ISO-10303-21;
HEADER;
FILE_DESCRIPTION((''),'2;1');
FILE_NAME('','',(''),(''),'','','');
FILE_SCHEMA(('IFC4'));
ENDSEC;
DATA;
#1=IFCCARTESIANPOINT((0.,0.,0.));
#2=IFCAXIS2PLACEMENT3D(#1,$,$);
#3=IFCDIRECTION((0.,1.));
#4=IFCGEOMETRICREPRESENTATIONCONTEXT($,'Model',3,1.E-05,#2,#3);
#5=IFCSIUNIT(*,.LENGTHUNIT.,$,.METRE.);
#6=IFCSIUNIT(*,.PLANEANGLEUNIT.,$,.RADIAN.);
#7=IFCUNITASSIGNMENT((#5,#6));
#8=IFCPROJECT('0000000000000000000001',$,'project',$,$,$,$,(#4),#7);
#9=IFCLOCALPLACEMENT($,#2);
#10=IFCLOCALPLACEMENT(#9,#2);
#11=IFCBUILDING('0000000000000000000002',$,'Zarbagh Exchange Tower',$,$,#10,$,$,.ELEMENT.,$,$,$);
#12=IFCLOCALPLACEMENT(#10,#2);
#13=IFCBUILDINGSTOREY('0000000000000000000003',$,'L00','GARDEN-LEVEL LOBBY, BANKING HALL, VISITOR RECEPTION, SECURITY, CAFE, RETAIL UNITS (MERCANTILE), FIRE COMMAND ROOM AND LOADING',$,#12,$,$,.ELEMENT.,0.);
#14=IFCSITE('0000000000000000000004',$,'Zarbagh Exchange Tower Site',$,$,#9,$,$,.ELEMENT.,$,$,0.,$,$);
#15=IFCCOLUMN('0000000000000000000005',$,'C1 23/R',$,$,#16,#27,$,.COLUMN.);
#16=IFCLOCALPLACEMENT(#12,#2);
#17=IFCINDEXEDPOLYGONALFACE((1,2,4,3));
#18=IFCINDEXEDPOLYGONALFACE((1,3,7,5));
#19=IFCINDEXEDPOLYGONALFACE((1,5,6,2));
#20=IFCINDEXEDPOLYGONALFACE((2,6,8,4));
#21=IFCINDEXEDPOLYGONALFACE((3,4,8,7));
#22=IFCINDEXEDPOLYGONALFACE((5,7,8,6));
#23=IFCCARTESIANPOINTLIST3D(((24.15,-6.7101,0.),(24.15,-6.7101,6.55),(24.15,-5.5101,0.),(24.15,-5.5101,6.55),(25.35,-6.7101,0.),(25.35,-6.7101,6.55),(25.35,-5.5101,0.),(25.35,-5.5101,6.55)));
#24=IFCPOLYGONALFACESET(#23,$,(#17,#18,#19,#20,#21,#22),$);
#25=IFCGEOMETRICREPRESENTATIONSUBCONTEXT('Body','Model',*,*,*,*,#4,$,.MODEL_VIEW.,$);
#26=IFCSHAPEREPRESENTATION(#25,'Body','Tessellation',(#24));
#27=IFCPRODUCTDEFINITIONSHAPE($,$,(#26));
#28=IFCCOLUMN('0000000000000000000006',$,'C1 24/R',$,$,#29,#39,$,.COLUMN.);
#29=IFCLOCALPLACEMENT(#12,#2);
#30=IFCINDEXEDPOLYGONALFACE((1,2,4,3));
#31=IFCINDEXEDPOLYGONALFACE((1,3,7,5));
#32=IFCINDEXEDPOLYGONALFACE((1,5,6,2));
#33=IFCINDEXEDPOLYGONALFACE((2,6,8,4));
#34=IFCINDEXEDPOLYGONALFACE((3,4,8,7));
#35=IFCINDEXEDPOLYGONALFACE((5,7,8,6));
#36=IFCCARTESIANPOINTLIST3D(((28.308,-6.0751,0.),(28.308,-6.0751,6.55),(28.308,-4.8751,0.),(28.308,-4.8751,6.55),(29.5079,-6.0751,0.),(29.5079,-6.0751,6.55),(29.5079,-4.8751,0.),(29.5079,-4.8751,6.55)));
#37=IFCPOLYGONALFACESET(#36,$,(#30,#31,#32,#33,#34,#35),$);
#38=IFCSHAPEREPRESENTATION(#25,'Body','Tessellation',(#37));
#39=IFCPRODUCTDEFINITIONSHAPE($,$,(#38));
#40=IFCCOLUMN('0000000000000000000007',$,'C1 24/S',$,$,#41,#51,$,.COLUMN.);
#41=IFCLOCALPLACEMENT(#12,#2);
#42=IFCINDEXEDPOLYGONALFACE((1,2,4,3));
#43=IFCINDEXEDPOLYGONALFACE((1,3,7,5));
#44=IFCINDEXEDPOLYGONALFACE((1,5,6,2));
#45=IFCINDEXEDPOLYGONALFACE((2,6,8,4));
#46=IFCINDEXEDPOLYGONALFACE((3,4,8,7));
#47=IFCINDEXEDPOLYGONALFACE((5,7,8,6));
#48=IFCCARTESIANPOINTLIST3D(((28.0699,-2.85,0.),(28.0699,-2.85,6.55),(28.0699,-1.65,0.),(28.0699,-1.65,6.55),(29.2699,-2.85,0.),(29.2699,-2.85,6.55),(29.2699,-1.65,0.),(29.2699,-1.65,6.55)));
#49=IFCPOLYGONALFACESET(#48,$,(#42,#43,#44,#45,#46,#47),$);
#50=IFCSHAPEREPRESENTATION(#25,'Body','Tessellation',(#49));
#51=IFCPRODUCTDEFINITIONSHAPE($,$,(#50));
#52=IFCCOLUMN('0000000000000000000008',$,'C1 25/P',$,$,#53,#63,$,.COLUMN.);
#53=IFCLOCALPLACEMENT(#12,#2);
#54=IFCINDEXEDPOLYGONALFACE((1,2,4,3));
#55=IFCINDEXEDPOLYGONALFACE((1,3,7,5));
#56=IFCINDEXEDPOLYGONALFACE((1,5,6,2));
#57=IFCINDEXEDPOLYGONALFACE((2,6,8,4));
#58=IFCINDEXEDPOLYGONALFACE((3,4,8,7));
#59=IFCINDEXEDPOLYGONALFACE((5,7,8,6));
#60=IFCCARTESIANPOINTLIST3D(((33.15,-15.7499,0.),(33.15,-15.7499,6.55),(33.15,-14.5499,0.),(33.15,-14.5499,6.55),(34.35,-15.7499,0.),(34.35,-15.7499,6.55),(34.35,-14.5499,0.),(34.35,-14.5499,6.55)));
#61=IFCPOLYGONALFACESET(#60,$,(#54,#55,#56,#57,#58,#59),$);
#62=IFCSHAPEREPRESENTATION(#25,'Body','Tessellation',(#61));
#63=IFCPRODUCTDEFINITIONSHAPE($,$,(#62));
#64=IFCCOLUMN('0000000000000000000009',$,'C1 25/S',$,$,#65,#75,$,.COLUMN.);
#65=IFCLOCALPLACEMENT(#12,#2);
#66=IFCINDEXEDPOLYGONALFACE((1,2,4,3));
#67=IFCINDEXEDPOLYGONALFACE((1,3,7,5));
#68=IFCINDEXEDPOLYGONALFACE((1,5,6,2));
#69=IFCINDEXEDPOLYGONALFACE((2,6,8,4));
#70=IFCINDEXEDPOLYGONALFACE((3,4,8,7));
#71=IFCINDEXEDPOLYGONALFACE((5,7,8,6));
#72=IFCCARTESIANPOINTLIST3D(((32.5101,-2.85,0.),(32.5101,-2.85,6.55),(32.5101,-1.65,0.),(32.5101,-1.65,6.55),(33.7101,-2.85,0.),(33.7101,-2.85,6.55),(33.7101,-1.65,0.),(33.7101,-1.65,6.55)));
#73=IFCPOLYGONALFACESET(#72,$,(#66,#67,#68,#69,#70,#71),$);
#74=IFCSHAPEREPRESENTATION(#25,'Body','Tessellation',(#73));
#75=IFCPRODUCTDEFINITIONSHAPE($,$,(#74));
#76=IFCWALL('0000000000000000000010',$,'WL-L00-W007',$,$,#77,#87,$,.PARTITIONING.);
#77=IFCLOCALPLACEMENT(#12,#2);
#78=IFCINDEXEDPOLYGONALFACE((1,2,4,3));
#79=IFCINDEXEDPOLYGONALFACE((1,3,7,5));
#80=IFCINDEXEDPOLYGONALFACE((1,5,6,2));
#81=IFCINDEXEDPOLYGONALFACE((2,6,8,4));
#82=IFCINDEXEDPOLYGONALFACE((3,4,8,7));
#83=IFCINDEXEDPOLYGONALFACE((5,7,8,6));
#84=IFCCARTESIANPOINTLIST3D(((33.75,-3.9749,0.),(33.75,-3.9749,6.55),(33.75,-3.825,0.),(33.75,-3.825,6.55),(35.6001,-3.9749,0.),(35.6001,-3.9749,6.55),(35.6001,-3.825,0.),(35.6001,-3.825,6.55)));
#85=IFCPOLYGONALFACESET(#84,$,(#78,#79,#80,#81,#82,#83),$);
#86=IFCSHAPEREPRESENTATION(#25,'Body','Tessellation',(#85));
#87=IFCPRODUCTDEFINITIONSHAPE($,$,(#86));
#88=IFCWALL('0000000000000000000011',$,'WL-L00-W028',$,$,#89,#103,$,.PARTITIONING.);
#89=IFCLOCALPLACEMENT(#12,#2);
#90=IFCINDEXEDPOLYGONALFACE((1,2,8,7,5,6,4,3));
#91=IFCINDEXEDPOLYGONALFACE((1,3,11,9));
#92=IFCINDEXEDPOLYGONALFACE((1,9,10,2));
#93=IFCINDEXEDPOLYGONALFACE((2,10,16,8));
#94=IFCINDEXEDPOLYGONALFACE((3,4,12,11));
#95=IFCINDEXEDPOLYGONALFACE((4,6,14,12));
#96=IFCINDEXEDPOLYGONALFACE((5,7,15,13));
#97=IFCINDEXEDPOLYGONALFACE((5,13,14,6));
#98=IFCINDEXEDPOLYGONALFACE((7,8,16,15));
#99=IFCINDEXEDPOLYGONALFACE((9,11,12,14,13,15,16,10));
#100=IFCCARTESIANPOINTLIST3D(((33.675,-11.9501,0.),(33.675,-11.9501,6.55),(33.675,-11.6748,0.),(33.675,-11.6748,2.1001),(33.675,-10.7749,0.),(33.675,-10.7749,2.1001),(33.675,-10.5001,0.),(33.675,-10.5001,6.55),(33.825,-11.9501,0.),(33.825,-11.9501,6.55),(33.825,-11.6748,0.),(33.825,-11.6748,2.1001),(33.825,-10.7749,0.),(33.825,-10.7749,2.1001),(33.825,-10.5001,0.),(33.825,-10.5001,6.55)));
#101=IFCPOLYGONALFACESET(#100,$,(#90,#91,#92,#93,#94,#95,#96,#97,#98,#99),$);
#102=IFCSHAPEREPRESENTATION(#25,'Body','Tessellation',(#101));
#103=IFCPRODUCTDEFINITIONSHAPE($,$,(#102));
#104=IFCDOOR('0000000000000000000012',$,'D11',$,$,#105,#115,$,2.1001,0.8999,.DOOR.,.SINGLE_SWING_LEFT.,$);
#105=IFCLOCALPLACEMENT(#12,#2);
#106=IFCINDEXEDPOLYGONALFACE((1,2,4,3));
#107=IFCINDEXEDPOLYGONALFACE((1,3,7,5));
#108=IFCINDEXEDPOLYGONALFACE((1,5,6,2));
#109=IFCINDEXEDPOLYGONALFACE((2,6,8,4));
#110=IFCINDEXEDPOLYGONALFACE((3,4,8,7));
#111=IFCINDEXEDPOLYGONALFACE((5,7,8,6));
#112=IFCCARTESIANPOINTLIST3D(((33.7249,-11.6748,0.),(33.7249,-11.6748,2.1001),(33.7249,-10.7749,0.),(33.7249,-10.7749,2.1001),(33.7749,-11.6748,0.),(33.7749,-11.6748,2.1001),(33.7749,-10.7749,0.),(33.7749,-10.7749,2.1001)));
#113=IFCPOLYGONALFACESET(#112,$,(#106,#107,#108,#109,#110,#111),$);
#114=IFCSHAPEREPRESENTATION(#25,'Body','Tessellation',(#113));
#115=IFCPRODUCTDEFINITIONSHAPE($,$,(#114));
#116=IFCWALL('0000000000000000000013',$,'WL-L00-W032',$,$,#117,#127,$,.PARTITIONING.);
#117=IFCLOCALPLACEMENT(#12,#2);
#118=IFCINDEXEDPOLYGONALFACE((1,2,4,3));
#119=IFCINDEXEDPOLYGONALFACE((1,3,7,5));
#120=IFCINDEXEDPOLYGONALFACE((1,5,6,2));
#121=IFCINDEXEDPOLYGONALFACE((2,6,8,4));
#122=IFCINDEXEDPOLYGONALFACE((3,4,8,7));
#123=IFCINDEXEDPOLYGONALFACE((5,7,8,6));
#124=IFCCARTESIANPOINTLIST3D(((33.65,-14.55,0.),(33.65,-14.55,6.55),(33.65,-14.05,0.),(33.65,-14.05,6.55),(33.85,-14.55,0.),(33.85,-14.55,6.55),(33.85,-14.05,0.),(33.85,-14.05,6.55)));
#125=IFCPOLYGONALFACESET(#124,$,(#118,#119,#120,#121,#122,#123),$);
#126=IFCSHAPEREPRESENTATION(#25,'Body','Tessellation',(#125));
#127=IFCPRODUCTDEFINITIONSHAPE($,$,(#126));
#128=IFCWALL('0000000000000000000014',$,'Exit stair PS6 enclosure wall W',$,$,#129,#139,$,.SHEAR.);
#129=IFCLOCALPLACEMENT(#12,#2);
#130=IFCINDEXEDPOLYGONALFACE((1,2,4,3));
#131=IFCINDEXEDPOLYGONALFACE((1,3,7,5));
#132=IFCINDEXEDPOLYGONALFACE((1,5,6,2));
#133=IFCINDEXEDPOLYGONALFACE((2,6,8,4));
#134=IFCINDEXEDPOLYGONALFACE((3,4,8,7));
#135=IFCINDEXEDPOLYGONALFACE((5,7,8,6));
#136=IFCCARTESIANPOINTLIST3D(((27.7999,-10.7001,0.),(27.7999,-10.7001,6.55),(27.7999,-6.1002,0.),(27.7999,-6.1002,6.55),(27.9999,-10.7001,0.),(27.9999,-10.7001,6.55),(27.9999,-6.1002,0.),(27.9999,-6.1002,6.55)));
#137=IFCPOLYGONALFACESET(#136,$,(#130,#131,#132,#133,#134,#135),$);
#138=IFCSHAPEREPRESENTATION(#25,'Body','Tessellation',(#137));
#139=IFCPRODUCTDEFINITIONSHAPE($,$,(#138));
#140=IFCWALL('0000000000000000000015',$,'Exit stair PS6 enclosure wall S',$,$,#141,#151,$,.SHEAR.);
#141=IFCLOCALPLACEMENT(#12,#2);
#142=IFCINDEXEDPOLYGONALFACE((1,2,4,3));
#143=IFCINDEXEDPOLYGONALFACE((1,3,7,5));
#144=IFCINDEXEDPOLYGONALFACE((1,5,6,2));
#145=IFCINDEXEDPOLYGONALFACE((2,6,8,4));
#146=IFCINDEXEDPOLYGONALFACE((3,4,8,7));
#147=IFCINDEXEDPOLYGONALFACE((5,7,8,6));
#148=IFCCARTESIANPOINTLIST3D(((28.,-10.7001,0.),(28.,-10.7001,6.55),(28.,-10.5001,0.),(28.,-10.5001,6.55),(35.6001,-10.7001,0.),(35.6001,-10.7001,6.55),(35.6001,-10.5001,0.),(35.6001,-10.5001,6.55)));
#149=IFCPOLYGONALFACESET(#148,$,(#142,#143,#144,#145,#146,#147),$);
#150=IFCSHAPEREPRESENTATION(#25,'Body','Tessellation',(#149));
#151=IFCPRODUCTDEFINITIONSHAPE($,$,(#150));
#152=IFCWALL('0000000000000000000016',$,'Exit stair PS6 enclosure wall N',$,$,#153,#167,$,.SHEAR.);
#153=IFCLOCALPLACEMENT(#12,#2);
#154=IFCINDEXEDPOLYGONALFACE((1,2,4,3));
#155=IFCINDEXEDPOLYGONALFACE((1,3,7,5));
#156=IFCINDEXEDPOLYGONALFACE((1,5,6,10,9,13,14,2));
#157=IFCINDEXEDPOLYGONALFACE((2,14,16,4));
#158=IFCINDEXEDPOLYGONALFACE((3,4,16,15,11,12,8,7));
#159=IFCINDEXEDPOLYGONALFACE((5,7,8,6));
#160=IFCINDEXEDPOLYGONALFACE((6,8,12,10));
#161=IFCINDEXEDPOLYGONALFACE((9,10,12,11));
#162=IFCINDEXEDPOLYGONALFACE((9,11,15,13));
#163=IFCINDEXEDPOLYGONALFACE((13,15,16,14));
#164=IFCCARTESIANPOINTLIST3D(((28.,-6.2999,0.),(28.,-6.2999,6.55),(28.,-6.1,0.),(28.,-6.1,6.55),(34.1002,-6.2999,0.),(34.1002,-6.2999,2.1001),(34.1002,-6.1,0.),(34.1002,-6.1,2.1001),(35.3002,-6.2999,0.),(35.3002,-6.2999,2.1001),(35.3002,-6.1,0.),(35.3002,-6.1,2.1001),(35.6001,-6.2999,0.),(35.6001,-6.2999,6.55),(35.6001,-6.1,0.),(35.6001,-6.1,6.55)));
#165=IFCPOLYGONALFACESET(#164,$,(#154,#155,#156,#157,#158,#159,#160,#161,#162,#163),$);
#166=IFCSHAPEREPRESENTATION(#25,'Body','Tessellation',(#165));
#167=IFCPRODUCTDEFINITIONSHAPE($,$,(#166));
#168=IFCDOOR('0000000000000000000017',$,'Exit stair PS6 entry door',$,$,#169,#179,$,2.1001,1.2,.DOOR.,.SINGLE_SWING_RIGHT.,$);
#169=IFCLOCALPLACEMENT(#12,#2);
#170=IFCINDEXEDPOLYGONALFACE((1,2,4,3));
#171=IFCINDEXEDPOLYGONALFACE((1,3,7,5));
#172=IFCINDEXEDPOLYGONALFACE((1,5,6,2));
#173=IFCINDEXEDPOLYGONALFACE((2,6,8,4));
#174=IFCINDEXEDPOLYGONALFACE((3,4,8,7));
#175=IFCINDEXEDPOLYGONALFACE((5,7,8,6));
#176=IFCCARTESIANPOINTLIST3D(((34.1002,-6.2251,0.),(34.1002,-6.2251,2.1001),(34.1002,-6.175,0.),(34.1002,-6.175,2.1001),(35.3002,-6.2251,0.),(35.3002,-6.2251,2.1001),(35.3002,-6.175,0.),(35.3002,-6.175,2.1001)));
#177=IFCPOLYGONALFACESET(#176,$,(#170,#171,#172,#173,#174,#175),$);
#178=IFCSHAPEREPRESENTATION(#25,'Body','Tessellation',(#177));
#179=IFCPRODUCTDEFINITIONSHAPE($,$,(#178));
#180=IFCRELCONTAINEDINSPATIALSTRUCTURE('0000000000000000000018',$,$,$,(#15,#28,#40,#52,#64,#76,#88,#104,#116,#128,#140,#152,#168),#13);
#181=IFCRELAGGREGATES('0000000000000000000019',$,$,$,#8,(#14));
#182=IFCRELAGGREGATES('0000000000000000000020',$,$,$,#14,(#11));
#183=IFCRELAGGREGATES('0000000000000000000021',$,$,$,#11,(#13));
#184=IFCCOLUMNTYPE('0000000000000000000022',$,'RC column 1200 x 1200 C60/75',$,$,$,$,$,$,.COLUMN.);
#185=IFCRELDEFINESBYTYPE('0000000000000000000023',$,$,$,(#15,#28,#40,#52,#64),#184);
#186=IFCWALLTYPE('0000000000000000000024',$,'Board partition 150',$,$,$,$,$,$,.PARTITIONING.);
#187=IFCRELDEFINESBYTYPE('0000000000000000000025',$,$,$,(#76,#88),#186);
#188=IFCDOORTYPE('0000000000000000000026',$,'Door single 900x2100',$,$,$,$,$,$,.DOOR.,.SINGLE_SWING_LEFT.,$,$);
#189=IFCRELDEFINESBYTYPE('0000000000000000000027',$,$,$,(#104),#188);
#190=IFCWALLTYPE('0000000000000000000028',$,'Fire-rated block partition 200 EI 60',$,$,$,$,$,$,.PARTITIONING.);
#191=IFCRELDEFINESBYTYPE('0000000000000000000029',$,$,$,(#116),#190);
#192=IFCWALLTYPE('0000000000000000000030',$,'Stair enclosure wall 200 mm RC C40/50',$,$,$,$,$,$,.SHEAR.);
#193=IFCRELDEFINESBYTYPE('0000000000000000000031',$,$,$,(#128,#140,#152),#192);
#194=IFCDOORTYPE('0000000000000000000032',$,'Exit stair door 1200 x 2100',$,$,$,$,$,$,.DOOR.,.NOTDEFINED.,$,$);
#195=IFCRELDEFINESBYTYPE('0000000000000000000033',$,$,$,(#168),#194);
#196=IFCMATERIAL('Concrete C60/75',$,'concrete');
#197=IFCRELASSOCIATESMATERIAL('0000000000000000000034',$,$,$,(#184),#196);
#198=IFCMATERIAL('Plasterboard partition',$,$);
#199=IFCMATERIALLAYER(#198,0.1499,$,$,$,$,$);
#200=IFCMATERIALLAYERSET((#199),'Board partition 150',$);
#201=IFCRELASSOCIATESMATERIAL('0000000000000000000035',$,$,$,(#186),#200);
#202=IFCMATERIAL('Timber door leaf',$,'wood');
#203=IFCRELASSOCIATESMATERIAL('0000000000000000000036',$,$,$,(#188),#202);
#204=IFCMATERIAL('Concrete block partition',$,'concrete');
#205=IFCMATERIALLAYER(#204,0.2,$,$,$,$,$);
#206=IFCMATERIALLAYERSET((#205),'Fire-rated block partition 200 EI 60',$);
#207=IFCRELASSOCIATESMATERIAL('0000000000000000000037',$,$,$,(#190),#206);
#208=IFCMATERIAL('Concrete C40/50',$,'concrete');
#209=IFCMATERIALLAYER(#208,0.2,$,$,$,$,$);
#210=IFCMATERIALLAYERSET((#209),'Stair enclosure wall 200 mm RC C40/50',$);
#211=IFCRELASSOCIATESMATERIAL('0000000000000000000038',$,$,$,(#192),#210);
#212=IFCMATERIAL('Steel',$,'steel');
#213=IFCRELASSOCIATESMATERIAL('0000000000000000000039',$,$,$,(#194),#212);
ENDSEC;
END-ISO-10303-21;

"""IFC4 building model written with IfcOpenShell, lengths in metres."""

from ifc_helpers import new_model, si_unit, direction, frame, frame_2d, origin, origin_2d, place, context, subcontext, project, spatial, rectangle, extrude, material, layer, layer_set, material_profile, profile_set, type_object, element, fill, save


model = new_model("IFC4")

# Units and contexts
model_context = context("Model", 3, precision=1e-05, world=origin(), true_north=direction((0.0, 1.0)))
body_context = subcontext(model_context, "Body", "Model", "MODEL_VIEW")
ifc_project = project(units=[si_unit("LENGTHUNIT", "METRE"), si_unit("PLANEANGLEUNIT", "RADIAN")], contexts=[model_context])

# Site, building, storey
site_placement = place(None, origin())
site = spatial("IfcSite", under=ifc_project, at=site_placement, Name="Zarbagh Exchange Tower Site", CompositionType="ELEMENT", RefElevation=0.0)
building_placement = place(site_placement, origin())
building = spatial("IfcBuilding", under=site, at=building_placement, Name="Zarbagh Exchange Tower", CompositionType="ELEMENT")
storey_placement = place(building_placement, origin())
storey = spatial("IfcBuildingStorey", under=building, at=storey_placement, Name="L00", Description="GARDEN-LEVEL LOBBY, BANKING HALL, VISITOR RECEPTION, SECURITY, CAFE, RETAIL UNITS (MERCANTILE), FIRE COMMAND ROOM AND LOADING", CompositionType="ELEMENT", Elevation=0.0)

# Columns
ifc_material_1 = material(Name="Concrete C60/75", Category="concrete")
ifc_material_profile = material_profile(ifc_material_1, rectangle(XDim=1.2, YDim=1.2, at=origin_2d()), Name="RC column 1200 x 1200 C60/75")
ifc_profile_set = profile_set([ifc_material_profile], Name="Concrete C60/75")
column_type = type_object("IfcColumnType", Name="RC column 1200 x 1200 C60/75", PredefinedType="COLUMN", material=ifc_profile_set)
for number, where, z_axis, x_axis, name in (
    (1, (24.75, -6.1101, 0.0), (0.0, 0.0, 1.0), (1.0, 0.0, 0.0), "C1 23/R"),
    (2, (28.908, -5.4751, 0.0), (0.0, 0.0, 1.0), (1.0, 0.0, 0.0), "C1 24/R"),
    (3, (28.6699, -2.25, 0.0), (0.0, 0.0, 1.0), (1.0, 0.0, 0.0), "C1 24/S"),
    (4, (33.75, -15.1499, 0.0), (0.0, 0.0, 1.0), (1.0, 0.0, 0.0), "C1 25/P"),
    (5, (33.1101, -2.25, 0.0), (0.0, 0.0, 1.0), (1.0, 0.0, 0.0), "C1 25/S"),
):
    element("IfcColumn", number, at=place(storey_placement, frame(where, z_axis=z_axis, x_axis=x_axis)), inside=storey, type_object=column_type, Name=name, PredefinedType="COLUMN", context=body_context, shape_type="SweptSolid", body=[
        extrude(rectangle(XDim=1.2, YDim=1.2, at=origin_2d()), origin(), (0.0, 0.0, 1.0), 6.55),
    ])

# Wall
ifc_material_2 = material(Name="Plasterboard partition")
ifc_layer_1 = layer(ifc_material_2, 0.1499)
ifc_layer_set_1 = layer_set([ifc_layer_1], Name="Board partition 150")
wall_type_1 = type_object("IfcWallType", Name="Board partition 150", PredefinedType="PARTITIONING", material=ifc_layer_set_1)
wall_1_placement = place(storey_placement, frame((33.75, -3.8999, 0.0), z_axis=(0.0, 0.0, 1.0), x_axis=(1.0, 0.0, 0.0)))
element("IfcWall", 6, at=wall_1_placement, inside=storey, type_object=wall_type_1, Name="WL-L00-W007", PredefinedType="PARTITIONING", context=body_context, shape_type="SweptSolid", body=[
    extrude(rectangle(XDim=1.8501, YDim=0.1499, at=frame_2d((0.925, 0.0))), origin(), (0.0, 0.0, 1.0), 6.55),
])

# Wall, opening, door
wall_2_placement = place(storey_placement, frame((33.75, -10.5, 0.0), z_axis=(0.0, 0.0, 1.0), x_axis=(0.0, -1.0, 0.0)))
wall_2 = element("IfcWall", 7, at=wall_2_placement, inside=storey, type_object=wall_type_1, Name="WL-L00-W028", PredefinedType="PARTITIONING", context=body_context, shape_type="SweptSolid", body=[
    extrude(rectangle(XDim=1.45, YDim=0.1499, at=frame_2d((0.7251, 0.0))), origin(), (0.0, 0.0, 1.0), 6.55),
])
opening_1_placement = place(wall_2_placement, frame((0.2749, 0.0, 0.0)))
opening_1 = element("IfcOpeningElement", 8, at=opening_1_placement, cuts=wall_2, PredefinedType="OPENING", context=body_context, shape_type="SweptSolid", body=[
    extrude(rectangle(XDim=0.8999, YDim=2.1001, at=frame_2d((0.45, 1.05))), frame((0.0, 0.085, 0.0), z_axis=(0.0, -1.0, 0.0), x_axis=(1.0, 0.0, 0.0)), (0.0, 0.0, 1.0), 0.1699),
])
ifc_material_3 = material(Name="Timber door leaf", Category="wood")
door_type_1 = type_object("IfcDoorType", Name="Door single 900x2100", OperationType="SINGLE_SWING_LEFT", PredefinedType="DOOR", material=ifc_material_3)
door_1_placement = place(opening_1_placement, origin())
door_1 = element("IfcDoor", 9, at=door_1_placement, inside=storey, type_object=door_type_1, Name="D11", OperationType="SINGLE_SWING_LEFT", OverallHeight=2.1001, OverallWidth=0.8999, PredefinedType="DOOR", context=body_context, shape_type="SweptSolid", body=[
    extrude(rectangle(XDim=0.8999, YDim=2.1001, at=frame_2d((0.45, 1.05))), frame((0.0, 0.0249, 0.0), z_axis=(0.0, -1.0, 0.0), x_axis=(1.0, 0.0, 0.0)), (0.0, 0.0, 1.0), 0.05),
])
fill(opening_1, door_1)

# Walls
ifc_material_4 = material(Name="Concrete block partition", Category="concrete")
ifc_layer_2 = layer(ifc_material_4, 0.2)
ifc_layer_set_2 = layer_set([ifc_layer_2], Name="Fire-rated block partition 200 EI 60")
wall_type_2 = type_object("IfcWallType", Name="Fire-rated block partition 200 EI 60", PredefinedType="PARTITIONING", material=ifc_layer_set_2)
wall_3_placement = place(storey_placement, frame((33.75, -14.55, 0.0), z_axis=(0.0, 0.0, 1.0), x_axis=(0.0, 1.0, 0.0)))
element("IfcWall", 10, at=wall_3_placement, inside=storey, type_object=wall_type_2, Name="WL-L00-W032", PredefinedType="PARTITIONING", context=body_context, shape_type="SweptSolid", body=[
    extrude(rectangle(XDim=0.5, YDim=0.2, at=frame_2d((0.25, 0.0))), origin(), (0.0, 0.0, 1.0), 6.55),
])
ifc_material_5 = material(Name="Concrete C40/50", Category="concrete")
ifc_layer_3 = layer(ifc_material_5, 0.2)
ifc_layer_set_3 = layer_set([ifc_layer_3], Name="Stair enclosure wall 200 mm RC C40/50")
wall_type_3 = type_object("IfcWallType", Name="Stair enclosure wall 200 mm RC C40/50", PredefinedType="SHEAR", material=ifc_layer_set_3)
wall_4_placement = place(storey_placement, frame((27.8999, -10.7, 0.0), z_axis=(0.0, 0.0, 1.0), x_axis=(0.0, 1.0, 0.0)))
element("IfcWall", 11, at=wall_4_placement, inside=storey, type_object=wall_type_3, Name="Exit stair PS6 enclosure wall W", PredefinedType="SHEAR", context=body_context, shape_type="SweptSolid", body=[
    extrude(rectangle(XDim=4.5999, YDim=0.2, at=frame_2d((2.2998, 0.0))), origin(), (0.0, 0.0, 1.0), 6.55),
])
wall_5_placement = place(storey_placement, frame((28.0, -10.6001, 0.0), z_axis=(0.0, 0.0, 1.0), x_axis=(1.0, 0.0, 0.0)))
element("IfcWall", 12, at=wall_5_placement, inside=storey, type_object=wall_type_3, Name="Exit stair PS6 enclosure wall S", PredefinedType="SHEAR", context=body_context, shape_type="SweptSolid", body=[
    extrude(rectangle(XDim=7.6001, YDim=0.2, at=frame_2d((3.8, 0.0))), origin(), (0.0, 0.0, 1.0), 6.55),
])

# Wall, opening, door
wall_6_placement = place(storey_placement, frame((28.0, -6.2, 0.0), z_axis=(0.0, 0.0, 1.0), x_axis=(1.0, 0.0, 0.0)))
wall_6 = element("IfcWall", 13, at=wall_6_placement, inside=storey, type_object=wall_type_3, Name="Exit stair PS6 enclosure wall N", PredefinedType="SHEAR", context=body_context, shape_type="SweptSolid", body=[
    extrude(rectangle(XDim=7.6001, YDim=0.2, at=frame_2d((3.8, 0.0))), origin(), (0.0, 0.0, 1.0), 6.55),
])
opening_2_placement = place(wall_6_placement, frame((6.1001, 0.0, 0.0)))
opening_2 = element("IfcOpeningElement", 14, at=opening_2_placement, cuts=wall_6, PredefinedType="OPENING", context=body_context, shape_type="SweptSolid", body=[
    extrude(rectangle(XDim=1.2, YDim=2.1001, at=frame_2d((0.6001, 1.05))), frame((0.0, 0.1099, 0.0), z_axis=(0.0, -1.0, 0.0), x_axis=(1.0, 0.0, 0.0)), (0.0, 0.0, 1.0), 0.22),
])
ifc_material_6 = material(Name="Steel", Category="steel")
door_type_2 = type_object("IfcDoorType", Name="Exit stair door 1200 x 2100", OperationType="NOTDEFINED", PredefinedType="DOOR", material=ifc_material_6)
door_2_placement = place(opening_2_placement, origin())
door_2 = element("IfcDoor", 15, at=door_2_placement, inside=storey, type_object=door_type_2, Name="Exit stair PS6 entry door", OperationType="SINGLE_SWING_RIGHT", OverallHeight=2.1001, OverallWidth=1.2, PredefinedType="DOOR", context=body_context, shape_type="SweptSolid", body=[
    extrude(rectangle(XDim=1.2, YDim=2.1001, at=frame_2d((0.6001, 1.05))), frame((0.0, 0.0249, 0.0), z_axis=(0.0, -1.0, 0.0), x_axis=(1.0, 0.0, 0.0)), (0.0, 0.0, 1.0), 0.05),
])
fill(opening_2, door_2)

save(model, "model.ifc")
